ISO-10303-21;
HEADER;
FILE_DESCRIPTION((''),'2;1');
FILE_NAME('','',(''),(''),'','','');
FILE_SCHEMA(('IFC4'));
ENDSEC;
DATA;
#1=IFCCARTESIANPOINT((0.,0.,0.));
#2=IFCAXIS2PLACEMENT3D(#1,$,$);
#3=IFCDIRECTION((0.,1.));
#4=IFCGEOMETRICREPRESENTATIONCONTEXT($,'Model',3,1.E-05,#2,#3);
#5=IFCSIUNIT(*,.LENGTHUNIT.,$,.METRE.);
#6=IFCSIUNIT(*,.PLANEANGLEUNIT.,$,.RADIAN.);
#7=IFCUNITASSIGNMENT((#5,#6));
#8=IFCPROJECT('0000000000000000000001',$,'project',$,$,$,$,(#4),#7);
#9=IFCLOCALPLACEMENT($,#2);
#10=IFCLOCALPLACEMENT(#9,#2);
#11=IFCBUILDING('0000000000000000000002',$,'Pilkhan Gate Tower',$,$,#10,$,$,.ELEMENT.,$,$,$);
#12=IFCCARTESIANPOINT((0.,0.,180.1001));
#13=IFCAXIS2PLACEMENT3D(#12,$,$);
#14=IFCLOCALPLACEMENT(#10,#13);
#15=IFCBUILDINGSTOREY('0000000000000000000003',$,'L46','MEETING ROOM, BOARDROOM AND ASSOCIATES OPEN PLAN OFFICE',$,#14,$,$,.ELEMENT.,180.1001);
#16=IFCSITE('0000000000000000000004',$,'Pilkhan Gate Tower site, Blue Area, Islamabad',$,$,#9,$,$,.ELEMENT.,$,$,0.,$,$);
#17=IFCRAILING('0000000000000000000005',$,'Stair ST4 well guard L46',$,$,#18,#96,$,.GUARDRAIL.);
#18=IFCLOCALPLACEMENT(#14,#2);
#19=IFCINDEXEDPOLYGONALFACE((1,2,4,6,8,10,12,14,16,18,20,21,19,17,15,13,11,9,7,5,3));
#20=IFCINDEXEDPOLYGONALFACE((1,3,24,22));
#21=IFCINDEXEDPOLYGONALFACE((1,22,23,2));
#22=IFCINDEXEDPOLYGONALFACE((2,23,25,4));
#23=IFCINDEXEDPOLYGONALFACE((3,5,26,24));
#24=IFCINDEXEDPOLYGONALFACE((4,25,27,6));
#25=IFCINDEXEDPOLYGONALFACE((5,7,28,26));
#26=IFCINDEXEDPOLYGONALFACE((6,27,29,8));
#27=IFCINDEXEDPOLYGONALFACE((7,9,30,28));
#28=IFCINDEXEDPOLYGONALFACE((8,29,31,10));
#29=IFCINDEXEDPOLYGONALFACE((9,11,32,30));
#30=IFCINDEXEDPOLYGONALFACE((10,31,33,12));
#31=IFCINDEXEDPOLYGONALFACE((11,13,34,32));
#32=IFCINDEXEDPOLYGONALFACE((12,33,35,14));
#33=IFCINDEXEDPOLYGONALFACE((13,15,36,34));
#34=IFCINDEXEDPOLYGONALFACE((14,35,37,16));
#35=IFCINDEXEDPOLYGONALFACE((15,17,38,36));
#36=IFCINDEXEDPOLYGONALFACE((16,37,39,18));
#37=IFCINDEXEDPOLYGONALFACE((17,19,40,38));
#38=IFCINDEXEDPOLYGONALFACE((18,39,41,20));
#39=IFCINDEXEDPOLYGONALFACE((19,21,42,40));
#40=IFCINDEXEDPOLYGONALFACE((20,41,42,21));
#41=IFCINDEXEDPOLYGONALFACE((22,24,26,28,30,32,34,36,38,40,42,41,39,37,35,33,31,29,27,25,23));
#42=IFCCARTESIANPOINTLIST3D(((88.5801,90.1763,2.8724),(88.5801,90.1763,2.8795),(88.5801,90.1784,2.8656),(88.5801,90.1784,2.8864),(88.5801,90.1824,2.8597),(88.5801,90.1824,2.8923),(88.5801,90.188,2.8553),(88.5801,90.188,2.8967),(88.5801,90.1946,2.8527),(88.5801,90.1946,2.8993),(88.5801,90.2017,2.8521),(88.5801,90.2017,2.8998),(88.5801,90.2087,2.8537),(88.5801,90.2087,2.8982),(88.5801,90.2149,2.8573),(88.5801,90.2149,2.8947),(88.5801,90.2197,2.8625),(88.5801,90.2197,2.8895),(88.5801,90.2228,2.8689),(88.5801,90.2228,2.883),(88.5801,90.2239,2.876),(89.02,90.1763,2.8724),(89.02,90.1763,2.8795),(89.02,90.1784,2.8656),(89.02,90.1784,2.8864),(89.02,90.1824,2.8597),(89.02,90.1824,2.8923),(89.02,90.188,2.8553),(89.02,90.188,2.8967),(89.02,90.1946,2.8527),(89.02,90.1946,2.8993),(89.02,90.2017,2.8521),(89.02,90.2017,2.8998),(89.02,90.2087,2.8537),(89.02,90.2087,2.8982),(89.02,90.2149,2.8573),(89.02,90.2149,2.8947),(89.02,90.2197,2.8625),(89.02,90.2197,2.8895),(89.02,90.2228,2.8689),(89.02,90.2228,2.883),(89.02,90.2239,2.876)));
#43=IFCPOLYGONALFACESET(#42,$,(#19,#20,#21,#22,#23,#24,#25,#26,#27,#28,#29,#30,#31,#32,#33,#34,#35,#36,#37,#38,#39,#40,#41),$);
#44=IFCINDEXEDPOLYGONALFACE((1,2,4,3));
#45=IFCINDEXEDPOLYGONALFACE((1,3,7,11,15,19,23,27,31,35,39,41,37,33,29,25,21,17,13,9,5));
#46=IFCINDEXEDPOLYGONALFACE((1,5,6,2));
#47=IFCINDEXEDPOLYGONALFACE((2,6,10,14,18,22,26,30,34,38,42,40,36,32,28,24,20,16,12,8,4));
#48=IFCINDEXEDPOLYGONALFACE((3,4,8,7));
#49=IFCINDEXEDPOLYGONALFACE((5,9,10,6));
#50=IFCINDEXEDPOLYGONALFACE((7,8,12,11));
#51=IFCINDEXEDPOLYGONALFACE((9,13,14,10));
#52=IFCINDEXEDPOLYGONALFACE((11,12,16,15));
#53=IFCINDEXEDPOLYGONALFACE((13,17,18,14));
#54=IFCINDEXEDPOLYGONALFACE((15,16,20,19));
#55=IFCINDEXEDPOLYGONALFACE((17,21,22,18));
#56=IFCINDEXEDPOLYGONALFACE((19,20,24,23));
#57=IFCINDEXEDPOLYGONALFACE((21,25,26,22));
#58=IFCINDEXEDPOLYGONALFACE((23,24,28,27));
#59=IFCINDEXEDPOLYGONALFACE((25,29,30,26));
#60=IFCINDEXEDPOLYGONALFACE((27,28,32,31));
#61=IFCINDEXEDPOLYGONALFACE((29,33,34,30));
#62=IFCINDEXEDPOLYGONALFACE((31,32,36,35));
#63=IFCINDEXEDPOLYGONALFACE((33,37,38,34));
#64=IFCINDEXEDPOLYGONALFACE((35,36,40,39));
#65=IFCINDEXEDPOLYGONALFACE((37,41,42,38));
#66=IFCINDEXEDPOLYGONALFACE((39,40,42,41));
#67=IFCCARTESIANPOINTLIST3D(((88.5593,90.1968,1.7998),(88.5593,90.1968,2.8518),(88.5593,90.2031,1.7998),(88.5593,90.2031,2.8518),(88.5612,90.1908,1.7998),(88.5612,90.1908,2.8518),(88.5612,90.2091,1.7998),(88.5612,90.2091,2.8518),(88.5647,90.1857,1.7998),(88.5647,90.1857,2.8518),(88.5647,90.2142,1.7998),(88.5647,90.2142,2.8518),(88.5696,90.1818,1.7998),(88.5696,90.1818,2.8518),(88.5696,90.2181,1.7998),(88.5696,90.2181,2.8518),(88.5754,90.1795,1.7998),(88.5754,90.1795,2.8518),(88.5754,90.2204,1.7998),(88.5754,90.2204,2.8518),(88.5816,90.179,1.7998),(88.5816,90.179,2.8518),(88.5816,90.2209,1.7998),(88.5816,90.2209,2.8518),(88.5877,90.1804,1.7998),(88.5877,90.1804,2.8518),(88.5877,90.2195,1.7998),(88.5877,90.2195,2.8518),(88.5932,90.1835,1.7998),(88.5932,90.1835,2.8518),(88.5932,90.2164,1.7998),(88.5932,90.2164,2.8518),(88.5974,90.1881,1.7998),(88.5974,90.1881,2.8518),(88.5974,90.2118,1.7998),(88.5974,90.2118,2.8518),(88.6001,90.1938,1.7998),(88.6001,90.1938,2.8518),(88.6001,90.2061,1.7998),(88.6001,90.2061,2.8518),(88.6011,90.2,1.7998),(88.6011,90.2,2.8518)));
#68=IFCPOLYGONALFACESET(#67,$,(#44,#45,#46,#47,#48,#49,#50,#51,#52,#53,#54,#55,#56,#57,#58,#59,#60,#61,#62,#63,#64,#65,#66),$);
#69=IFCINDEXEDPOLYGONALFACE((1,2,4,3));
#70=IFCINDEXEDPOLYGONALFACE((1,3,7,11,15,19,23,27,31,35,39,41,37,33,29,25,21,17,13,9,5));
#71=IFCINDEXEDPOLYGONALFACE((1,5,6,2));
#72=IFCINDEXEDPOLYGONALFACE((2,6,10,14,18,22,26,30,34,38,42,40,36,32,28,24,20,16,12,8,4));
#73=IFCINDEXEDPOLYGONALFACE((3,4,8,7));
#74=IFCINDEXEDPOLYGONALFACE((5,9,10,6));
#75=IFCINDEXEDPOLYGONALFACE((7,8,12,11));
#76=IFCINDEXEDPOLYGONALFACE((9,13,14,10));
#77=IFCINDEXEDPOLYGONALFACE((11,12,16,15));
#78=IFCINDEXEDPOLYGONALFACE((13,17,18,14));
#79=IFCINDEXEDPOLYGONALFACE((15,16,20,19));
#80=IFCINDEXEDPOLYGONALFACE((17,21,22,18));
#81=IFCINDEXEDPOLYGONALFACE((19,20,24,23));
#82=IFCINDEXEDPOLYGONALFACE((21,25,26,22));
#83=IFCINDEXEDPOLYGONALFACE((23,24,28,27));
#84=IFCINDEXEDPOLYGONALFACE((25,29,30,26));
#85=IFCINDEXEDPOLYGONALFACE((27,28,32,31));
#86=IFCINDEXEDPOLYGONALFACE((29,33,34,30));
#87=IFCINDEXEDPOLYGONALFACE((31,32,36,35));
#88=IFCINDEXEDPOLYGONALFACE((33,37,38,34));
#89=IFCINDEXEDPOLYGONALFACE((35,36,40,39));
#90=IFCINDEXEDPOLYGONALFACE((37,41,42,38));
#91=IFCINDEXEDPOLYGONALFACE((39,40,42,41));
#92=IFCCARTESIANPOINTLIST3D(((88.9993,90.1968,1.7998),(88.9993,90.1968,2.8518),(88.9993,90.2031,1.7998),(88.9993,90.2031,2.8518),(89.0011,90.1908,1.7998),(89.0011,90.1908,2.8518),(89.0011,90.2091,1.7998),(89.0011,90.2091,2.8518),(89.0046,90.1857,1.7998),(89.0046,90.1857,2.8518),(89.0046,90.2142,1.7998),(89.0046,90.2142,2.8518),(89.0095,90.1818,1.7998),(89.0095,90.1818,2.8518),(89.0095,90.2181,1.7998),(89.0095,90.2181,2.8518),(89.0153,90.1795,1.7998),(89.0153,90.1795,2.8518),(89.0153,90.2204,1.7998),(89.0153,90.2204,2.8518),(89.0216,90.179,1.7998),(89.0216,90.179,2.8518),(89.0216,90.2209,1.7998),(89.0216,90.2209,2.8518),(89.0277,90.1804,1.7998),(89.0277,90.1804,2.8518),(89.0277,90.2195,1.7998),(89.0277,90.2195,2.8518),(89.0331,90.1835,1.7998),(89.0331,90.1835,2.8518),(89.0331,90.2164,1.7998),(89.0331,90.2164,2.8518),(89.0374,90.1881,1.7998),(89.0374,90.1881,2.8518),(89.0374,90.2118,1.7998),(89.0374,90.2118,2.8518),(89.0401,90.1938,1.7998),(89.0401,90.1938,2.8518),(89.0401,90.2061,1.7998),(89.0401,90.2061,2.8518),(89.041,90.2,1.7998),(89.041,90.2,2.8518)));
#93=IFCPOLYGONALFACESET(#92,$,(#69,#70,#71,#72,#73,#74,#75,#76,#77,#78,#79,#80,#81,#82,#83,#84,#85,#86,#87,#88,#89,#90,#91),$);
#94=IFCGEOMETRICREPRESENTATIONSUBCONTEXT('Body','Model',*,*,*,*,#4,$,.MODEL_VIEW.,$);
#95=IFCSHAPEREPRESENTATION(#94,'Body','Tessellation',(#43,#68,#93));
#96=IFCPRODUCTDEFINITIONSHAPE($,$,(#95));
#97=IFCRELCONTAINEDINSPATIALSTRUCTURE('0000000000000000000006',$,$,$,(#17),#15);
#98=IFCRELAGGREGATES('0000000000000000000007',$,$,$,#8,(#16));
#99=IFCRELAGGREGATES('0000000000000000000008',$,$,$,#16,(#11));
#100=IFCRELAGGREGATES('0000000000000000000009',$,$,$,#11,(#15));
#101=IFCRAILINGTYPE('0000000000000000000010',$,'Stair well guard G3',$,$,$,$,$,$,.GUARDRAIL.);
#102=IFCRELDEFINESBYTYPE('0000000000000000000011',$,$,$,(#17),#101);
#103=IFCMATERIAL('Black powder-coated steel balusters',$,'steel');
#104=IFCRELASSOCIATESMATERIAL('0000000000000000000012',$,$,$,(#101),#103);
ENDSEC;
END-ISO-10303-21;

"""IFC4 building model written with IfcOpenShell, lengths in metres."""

from ifc_helpers import new_model, si_unit, direction, frame, origin, origin_2d, place, context, subcontext, project, spatial, circle, extrude, material, type_object, element, save


model = new_model("IFC4")

# Units and contexts
model_context = context("Model", 3, precision=1e-05, world=origin(), true_north=direction((0.0, 1.0)))
body_context = subcontext(model_context, "Body", "Model", "MODEL_VIEW")
ifc_project = project(units=[si_unit("LENGTHUNIT", "METRE"), si_unit("PLANEANGLEUNIT", "RADIAN")], contexts=[model_context])

# Site, building, storey
site_placement = place(None, origin())
site = spatial("IfcSite", under=ifc_project, at=site_placement, Name="Pilkhan Gate Tower site, Blue Area, Islamabad", CompositionType="ELEMENT", RefElevation=0.0)
building_placement = place(site_placement, origin())
building = spatial("IfcBuilding", under=site, at=building_placement, Name="Pilkhan Gate Tower", CompositionType="ELEMENT")
storey_placement = place(building_placement, frame((0.0, 0.0, 180.1001)))
storey = spatial("IfcBuildingStorey", under=building, at=storey_placement, Name="L46", Description="MEETING ROOM, BOARDROOM AND ASSOCIATES OPEN PLAN OFFICE", CompositionType="ELEMENT", Elevation=180.1001)

# Railing
ifc_material_1 = material(Name="Black powder-coated steel balusters", Category="steel")
railing_type = type_object("IfcRailingType", Name="Stair well guard G3", PredefinedType="GUARDRAIL", material=ifc_material_1)
for number, where, name in (
    (1, (88.5801, 90.2, 1.7998), "Stair ST4 well guard L46"),
):
    element("IfcRailing", number, at=place(storey_placement, frame(where)), inside=storey, type_object=railing_type, Name=name, PredefinedType="GUARDRAIL", context=body_context, shape_type="SweptSolid", body=[
        extrude(circle(Radius=0.0239, at=origin_2d()), frame((0.0, 0.0, 1.0762), z_axis=(1.0, 0.0, 0.0), x_axis=(0.0, 1.0, 0.0)), (0.0, 0.0, 1.0), 0.4399),
        extrude(circle(Radius=0.021, at=origin_2d()), origin(), (0.0, 0.0, 1.0), 1.052),
        extrude(circle(Radius=0.021, at=origin_2d()), frame((0.4399, 0.0, 0.0)), (0.0, 0.0, 1.0), 1.052),
    ])

save(model, "model.ifc")
